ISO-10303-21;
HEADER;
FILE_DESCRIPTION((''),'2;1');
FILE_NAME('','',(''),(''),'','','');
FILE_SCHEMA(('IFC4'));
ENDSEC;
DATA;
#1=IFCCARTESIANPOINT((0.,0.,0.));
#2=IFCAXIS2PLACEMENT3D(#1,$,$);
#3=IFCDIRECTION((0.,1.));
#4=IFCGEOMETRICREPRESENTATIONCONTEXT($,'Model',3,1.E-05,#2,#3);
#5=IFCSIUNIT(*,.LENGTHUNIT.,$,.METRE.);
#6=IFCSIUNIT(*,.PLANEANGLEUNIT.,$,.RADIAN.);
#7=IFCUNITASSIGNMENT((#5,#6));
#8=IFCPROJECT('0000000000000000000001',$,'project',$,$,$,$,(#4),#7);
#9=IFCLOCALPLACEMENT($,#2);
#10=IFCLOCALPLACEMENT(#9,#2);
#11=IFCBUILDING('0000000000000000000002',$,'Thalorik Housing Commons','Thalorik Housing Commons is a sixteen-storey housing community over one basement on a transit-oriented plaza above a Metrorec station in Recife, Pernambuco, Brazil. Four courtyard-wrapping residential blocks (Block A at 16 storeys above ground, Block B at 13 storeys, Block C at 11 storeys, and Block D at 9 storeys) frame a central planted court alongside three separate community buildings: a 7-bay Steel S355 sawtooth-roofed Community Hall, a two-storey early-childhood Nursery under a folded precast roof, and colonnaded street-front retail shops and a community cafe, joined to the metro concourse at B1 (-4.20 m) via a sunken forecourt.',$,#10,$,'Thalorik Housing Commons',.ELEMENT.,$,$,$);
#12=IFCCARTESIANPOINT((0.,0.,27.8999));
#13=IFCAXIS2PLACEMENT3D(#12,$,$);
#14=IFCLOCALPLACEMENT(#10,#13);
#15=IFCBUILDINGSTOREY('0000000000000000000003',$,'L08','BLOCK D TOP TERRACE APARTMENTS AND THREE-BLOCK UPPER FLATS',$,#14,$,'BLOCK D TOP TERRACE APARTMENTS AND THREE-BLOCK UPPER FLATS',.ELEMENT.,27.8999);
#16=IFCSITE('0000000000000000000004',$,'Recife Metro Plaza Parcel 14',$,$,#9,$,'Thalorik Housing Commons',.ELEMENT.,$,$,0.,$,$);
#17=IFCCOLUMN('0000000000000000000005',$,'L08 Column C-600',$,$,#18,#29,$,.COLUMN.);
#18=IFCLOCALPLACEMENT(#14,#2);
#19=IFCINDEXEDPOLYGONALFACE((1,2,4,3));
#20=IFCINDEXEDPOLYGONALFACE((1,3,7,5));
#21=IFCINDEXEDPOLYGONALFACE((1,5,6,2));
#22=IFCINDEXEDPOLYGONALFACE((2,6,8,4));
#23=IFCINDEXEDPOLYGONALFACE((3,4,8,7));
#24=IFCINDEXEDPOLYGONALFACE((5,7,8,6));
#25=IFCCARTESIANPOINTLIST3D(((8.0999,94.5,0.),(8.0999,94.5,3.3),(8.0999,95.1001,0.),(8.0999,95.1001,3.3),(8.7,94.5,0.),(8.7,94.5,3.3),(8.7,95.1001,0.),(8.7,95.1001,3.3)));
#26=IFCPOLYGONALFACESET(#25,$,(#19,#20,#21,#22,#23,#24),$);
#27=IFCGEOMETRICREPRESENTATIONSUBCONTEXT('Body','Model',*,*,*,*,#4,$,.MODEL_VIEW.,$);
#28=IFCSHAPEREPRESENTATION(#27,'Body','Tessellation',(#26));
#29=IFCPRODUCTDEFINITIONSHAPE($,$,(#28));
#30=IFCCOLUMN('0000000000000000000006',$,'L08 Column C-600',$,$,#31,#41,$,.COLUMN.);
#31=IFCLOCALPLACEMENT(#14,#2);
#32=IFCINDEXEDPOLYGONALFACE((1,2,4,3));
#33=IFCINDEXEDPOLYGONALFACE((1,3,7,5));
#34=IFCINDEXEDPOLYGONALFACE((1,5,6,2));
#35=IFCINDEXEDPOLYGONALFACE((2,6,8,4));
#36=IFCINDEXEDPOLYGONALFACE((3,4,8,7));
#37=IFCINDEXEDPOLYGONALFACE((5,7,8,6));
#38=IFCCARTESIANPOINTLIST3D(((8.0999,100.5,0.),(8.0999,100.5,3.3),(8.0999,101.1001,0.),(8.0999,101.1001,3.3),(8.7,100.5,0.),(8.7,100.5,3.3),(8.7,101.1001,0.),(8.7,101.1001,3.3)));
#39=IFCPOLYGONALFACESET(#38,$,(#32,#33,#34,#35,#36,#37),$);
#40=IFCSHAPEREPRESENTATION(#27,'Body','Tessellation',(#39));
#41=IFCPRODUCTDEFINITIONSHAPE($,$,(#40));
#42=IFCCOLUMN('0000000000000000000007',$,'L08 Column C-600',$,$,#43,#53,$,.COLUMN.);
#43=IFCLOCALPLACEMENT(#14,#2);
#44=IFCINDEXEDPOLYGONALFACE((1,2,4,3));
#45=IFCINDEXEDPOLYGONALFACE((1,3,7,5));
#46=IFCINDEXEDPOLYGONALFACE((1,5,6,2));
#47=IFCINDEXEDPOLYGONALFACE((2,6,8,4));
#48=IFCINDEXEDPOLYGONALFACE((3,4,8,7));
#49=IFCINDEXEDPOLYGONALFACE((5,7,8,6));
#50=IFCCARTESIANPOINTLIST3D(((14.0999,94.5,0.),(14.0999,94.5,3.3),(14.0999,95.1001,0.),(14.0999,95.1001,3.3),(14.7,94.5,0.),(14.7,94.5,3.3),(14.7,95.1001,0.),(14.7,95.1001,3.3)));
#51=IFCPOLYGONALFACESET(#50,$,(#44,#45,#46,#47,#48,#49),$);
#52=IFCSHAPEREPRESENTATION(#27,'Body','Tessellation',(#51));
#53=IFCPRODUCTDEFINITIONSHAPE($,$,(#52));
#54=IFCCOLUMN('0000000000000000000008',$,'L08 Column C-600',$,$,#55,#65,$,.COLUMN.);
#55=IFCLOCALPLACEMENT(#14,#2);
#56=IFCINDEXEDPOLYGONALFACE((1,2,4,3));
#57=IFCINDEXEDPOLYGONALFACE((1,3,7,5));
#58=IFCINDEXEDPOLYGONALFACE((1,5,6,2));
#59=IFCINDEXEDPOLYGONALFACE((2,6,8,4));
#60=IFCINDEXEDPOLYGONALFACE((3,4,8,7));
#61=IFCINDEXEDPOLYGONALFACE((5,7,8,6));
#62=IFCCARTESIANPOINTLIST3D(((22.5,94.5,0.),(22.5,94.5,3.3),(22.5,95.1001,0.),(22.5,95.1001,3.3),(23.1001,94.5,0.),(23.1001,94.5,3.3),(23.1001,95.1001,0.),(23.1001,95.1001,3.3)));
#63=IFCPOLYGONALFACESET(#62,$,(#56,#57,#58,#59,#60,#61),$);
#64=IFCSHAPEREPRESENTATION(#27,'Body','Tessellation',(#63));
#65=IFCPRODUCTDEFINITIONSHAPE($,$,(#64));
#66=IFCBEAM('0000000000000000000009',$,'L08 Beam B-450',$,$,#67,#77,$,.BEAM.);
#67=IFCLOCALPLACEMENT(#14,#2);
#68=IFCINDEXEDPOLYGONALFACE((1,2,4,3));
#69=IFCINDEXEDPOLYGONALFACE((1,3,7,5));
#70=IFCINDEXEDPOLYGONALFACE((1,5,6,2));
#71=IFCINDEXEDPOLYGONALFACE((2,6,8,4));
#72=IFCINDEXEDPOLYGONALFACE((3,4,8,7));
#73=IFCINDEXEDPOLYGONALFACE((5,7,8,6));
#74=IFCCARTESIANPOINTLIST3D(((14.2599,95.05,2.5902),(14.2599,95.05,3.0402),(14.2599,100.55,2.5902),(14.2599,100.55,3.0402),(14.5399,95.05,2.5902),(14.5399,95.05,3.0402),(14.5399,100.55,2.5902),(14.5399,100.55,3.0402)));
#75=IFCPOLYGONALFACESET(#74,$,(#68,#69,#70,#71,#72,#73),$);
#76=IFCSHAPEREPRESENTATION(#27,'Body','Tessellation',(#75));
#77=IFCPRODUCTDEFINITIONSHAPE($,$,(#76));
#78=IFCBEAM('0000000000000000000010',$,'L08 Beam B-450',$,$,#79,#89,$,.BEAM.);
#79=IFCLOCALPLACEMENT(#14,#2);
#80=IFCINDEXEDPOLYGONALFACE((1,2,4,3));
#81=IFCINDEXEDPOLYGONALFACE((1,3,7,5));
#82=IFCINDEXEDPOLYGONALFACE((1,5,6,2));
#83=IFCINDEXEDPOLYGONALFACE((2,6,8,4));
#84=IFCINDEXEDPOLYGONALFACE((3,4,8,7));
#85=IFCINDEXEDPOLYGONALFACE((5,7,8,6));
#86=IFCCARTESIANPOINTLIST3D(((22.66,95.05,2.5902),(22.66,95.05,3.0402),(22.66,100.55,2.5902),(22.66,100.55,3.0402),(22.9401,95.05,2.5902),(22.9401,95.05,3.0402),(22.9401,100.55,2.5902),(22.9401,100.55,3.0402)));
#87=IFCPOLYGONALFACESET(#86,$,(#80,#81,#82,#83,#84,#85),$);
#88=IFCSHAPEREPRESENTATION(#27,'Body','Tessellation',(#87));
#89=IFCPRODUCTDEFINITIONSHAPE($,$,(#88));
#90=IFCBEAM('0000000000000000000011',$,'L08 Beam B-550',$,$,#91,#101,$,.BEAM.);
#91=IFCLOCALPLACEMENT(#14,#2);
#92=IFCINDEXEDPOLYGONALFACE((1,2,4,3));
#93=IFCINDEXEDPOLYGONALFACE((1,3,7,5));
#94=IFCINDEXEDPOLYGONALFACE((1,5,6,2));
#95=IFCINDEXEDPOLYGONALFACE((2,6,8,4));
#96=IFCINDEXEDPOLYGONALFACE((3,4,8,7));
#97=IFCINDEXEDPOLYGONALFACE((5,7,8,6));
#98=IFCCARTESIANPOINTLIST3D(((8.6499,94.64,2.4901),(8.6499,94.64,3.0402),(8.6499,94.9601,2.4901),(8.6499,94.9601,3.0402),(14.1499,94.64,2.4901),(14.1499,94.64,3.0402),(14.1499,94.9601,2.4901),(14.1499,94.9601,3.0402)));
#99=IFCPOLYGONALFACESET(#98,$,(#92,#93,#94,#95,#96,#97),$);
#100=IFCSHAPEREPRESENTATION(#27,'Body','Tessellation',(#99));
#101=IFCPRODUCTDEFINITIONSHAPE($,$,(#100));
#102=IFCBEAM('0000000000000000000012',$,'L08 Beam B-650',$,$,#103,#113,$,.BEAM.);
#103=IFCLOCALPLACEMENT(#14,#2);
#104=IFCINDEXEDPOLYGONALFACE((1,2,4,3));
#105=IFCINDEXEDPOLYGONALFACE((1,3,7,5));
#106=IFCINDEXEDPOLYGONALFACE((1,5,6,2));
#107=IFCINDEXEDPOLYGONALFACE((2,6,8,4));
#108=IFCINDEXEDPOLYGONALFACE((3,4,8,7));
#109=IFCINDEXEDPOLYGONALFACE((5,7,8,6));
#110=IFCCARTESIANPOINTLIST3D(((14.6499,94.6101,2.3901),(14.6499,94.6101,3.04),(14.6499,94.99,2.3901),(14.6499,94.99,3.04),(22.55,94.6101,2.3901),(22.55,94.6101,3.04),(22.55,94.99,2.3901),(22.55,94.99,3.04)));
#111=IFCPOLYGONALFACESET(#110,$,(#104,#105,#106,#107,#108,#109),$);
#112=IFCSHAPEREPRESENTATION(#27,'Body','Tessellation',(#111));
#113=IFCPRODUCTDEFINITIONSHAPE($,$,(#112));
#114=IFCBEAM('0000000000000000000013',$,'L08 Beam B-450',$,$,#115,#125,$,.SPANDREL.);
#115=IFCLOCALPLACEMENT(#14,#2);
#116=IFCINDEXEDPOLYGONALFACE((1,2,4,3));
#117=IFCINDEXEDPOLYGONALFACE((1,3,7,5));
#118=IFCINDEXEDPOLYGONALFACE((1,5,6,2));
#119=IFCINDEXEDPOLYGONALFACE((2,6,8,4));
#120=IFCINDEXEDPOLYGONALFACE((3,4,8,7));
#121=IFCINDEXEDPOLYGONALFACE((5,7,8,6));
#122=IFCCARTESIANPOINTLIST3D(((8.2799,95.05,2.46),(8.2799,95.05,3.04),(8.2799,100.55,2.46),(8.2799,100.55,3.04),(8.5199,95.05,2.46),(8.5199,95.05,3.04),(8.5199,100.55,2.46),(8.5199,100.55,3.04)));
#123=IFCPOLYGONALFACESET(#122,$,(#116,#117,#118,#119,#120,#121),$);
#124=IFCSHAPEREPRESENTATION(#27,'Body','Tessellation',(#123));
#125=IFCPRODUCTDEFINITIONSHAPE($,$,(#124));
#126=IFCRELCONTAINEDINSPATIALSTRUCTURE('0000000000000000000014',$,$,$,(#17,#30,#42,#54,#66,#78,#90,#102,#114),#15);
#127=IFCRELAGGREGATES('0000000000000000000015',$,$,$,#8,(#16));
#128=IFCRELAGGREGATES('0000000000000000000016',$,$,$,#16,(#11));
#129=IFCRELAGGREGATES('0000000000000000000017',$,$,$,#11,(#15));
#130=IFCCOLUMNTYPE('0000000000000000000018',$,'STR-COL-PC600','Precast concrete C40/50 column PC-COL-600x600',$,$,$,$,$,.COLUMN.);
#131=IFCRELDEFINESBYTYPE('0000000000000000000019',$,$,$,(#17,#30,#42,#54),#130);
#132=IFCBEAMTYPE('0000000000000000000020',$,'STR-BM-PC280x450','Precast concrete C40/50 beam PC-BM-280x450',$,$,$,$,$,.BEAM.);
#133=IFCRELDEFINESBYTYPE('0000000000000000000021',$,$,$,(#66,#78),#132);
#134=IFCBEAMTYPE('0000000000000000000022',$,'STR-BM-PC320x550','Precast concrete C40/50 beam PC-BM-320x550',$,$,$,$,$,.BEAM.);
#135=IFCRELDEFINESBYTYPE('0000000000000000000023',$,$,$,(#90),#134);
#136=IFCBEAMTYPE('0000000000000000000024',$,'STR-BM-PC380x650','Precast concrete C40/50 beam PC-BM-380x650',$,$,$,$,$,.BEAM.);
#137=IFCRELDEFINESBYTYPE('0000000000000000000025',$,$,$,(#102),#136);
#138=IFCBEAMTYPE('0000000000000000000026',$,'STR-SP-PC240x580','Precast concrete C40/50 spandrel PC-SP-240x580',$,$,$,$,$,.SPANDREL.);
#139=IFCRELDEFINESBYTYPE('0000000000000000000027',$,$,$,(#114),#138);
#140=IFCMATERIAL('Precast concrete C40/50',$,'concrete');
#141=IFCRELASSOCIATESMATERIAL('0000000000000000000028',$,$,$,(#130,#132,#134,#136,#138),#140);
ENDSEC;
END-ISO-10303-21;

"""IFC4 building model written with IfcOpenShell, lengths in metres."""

from ifc_helpers import new_model, si_unit, direction, frame, origin, origin_2d, place, context, subcontext, project, spatial, rectangle, extrude, material, material_profile, profile_set, type_object, element, save


model = new_model("IFC4")

# Units and contexts
model_context = context("Model", 3, precision=1e-05, world=origin(), true_north=direction((0.0, 1.0)))
body_context = subcontext(model_context, "Body", "Model", "MODEL_VIEW")
ifc_project = project(units=[si_unit("LENGTHUNIT", "METRE"), si_unit("PLANEANGLEUNIT", "RADIAN")], contexts=[model_context])

# Site, building, storey
site_placement = place(None, origin())
site = spatial("IfcSite", under=ifc_project, at=site_placement, Name="Recife Metro Plaza Parcel 14", LongName="Thalorik Housing Commons", CompositionType="ELEMENT", RefElevation=0.0)
building_placement = place(site_placement, origin())
building = spatial("IfcBuilding", under=site, at=building_placement, Name="Thalorik Housing Commons", Description="Thalorik Housing Commons is a sixteen-storey housing community over one basement on a transit-oriented plaza above a Metrorec station in Recife, Pernambuco, Brazil. Four courtyard-wrapping residential blocks (Block A at 16 storeys above ground, Block B at 13 storeys, Block C at 11 storeys, and Block D at 9 storeys) frame a central planted court alongside three separate community buildings: a 7-bay Steel S355 sawtooth-roofed Community Hall, a two-storey early-childhood Nursery under a folded precast roof, and colonnaded street-front retail shops and a community cafe, joined to the metro concourse at B1 (-4.20 m) via a sunken forecourt.", LongName="Thalorik Housing Commons", CompositionType="ELEMENT")
storey_placement = place(building_placement, frame((0.0, 0.0, 27.8999)))
storey = spatial("IfcBuildingStorey", under=building, at=storey_placement, Name="L08", Description="BLOCK D TOP TERRACE APARTMENTS AND THREE-BLOCK UPPER FLATS", LongName="BLOCK D TOP TERRACE APARTMENTS AND THREE-BLOCK UPPER FLATS", CompositionType="ELEMENT", Elevation=27.8999)

# Columns
ifc_material_1 = material(Name="Precast concrete C40/50", Category="concrete")
ifc_material_profile_1 = material_profile(ifc_material_1, rectangle(XDim=0.6001, YDim=0.6001, at=origin_2d()), Name="PC 600x600", Category="concrete")
ifc_profile_set_1 = profile_set([ifc_material_profile_1], Name="Precast concrete C40/50")
column_type = type_object("IfcColumnType", Name="STR-COL-PC600", Description="Precast concrete C40/50 column PC-COL-600x600", PredefinedType="COLUMN", material=ifc_profile_set_1)
for number, where, z_axis, x_axis, name in (
    (1, (8.3999, 94.8, 0.0), (0.0, 0.0, 1.0), (1.0, 0.0, 0.0), "L08 Column C-600"),
    (2, (8.3999, 100.8, 0.0), (0.0, 0.0, 1.0), (1.0, 0.0, 0.0), "L08 Column C-600"),
    (3, (14.3999, 94.8, 0.0), (0.0, 0.0, 1.0), (1.0, 0.0, 0.0), "L08 Column C-600"),
    (4, (22.8, 94.8, 0.0), (0.0, 0.0, 1.0), (1.0, 0.0, 0.0), "L08 Column C-600"),
):
    element("IfcColumn", number, at=place(storey_placement, frame(where, z_axis=z_axis, x_axis=x_axis)), inside=storey, type_object=column_type, Name=name, PredefinedType="COLUMN", context=body_context, shape_type="SweptSolid", body=[
        extrude(rectangle(XDim=0.6001, YDim=0.6001, at=origin_2d()), origin(), (0.0, 0.0, 1.0), 3.3),
    ])

# Beams
ifc_material_profile_2 = material_profile(ifc_material_1, rectangle(XDim=0.28, YDim=0.45, at=origin_2d()), Name="PC 280x450", Category="concrete")
ifc_profile_set_2 = profile_set([ifc_material_profile_2], Name="Precast concrete C40/50")
beam_type_1 = type_object("IfcBeamType", Name="STR-BM-PC280x450", Description="Precast concrete C40/50 beam PC-BM-280x450", PredefinedType="BEAM", material=ifc_profile_set_2)
for number, where, z_axis, x_axis, name in (
    (5, (14.3999, 95.05, 2.8152), (0.0, 1.0, 0.0), (-1.0, 0.0, 0.0), "L08 Beam B-450"),
    (6, (22.8, 95.05, 2.8152), (0.0, 1.0, 0.0), (-1.0, 0.0, 0.0), "L08 Beam B-450"),
):
    element("IfcBeam", number, at=place(storey_placement, frame(where, z_axis=z_axis, x_axis=x_axis)), inside=storey, type_object=beam_type_1, Name=name, PredefinedType="BEAM", context=body_context, shape_type="SweptSolid", body=[
        extrude(rectangle(XDim=0.28, YDim=0.45, at=origin_2d()), origin(), (0.0, 0.0, 1.0), 5.5),
    ])
ifc_material_profile_3 = material_profile(ifc_material_1, rectangle(XDim=0.3201, YDim=0.55, at=origin_2d()), Name="PC 320x550", Category="concrete")
ifc_profile_set_3 = profile_set([ifc_material_profile_3], Name="Precast concrete C40/50")
beam_type_2 = type_object("IfcBeamType", Name="STR-BM-PC320x550", Description="Precast concrete C40/50 beam PC-BM-320x550", PredefinedType="BEAM", material=ifc_profile_set_3)
beam_1_placement = place(storey_placement, frame((8.6499, 94.8, 2.7651), z_axis=(1.0, 0.0, 0.0), x_axis=(0.0, 1.0, 0.0)))
element("IfcBeam", 7, at=beam_1_placement, inside=storey, type_object=beam_type_2, Name="L08 Beam B-550", PredefinedType="BEAM", context=body_context, shape_type="SweptSolid", body=[
    extrude(rectangle(XDim=0.3201, YDim=0.55, at=origin_2d()), origin(), (0.0, 0.0, 1.0), 5.5),
])
ifc_material_profile_4 = material_profile(ifc_material_1, rectangle(XDim=0.3799, YDim=0.6499, at=origin_2d()), Name="PC 380x650", Category="concrete")
ifc_profile_set_4 = profile_set([ifc_material_profile_4], Name="Precast concrete C40/50")
beam_type_3 = type_object("IfcBeamType", Name="STR-BM-PC380x650", Description="Precast concrete C40/50 beam PC-BM-380x650", PredefinedType="BEAM", material=ifc_profile_set_4)
beam_2_placement = place(storey_placement, frame((14.6499, 94.8, 2.7151), z_axis=(1.0, 0.0, 0.0), x_axis=(0.0, 1.0, 0.0)))
element("IfcBeam", 8, at=beam_2_placement, inside=storey, type_object=beam_type_3, Name="L08 Beam B-650", PredefinedType="BEAM", context=body_context, shape_type="SweptSolid", body=[
    extrude(rectangle(XDim=0.3799, YDim=0.6499, at=origin_2d()), origin(), (0.0, 0.0, 1.0), 7.9001),
])
ifc_material_profile_5 = material_profile(ifc_material_1, rectangle(XDim=0.24, YDim=0.5801, at=origin_2d()), Name="PC SP 240x580", Category="concrete")
ifc_profile_set_5 = profile_set([ifc_material_profile_5], Name="Precast concrete C40/50")
beam_type_4 = type_object("IfcBeamType", Name="STR-SP-PC240x580", Description="Precast concrete C40/50 spandrel PC-SP-240x580", PredefinedType="SPANDREL", material=ifc_profile_set_5)
beam_3_placement = place(storey_placement, frame((8.3999, 95.05, 2.75), z_axis=(0.0, 1.0, 0.0), x_axis=(-1.0, 0.0, 0.0)))
element("IfcBeam", 9, at=beam_3_placement, inside=storey, type_object=beam_type_4, Name="L08 Beam B-450", PredefinedType="SPANDREL", context=body_context, shape_type="SweptSolid", body=[
    extrude(rectangle(XDim=0.24, YDim=0.5801, at=origin_2d()), origin(), (0.0, 0.0, 1.0), 5.5),
])

save(model, "model.ifc")
